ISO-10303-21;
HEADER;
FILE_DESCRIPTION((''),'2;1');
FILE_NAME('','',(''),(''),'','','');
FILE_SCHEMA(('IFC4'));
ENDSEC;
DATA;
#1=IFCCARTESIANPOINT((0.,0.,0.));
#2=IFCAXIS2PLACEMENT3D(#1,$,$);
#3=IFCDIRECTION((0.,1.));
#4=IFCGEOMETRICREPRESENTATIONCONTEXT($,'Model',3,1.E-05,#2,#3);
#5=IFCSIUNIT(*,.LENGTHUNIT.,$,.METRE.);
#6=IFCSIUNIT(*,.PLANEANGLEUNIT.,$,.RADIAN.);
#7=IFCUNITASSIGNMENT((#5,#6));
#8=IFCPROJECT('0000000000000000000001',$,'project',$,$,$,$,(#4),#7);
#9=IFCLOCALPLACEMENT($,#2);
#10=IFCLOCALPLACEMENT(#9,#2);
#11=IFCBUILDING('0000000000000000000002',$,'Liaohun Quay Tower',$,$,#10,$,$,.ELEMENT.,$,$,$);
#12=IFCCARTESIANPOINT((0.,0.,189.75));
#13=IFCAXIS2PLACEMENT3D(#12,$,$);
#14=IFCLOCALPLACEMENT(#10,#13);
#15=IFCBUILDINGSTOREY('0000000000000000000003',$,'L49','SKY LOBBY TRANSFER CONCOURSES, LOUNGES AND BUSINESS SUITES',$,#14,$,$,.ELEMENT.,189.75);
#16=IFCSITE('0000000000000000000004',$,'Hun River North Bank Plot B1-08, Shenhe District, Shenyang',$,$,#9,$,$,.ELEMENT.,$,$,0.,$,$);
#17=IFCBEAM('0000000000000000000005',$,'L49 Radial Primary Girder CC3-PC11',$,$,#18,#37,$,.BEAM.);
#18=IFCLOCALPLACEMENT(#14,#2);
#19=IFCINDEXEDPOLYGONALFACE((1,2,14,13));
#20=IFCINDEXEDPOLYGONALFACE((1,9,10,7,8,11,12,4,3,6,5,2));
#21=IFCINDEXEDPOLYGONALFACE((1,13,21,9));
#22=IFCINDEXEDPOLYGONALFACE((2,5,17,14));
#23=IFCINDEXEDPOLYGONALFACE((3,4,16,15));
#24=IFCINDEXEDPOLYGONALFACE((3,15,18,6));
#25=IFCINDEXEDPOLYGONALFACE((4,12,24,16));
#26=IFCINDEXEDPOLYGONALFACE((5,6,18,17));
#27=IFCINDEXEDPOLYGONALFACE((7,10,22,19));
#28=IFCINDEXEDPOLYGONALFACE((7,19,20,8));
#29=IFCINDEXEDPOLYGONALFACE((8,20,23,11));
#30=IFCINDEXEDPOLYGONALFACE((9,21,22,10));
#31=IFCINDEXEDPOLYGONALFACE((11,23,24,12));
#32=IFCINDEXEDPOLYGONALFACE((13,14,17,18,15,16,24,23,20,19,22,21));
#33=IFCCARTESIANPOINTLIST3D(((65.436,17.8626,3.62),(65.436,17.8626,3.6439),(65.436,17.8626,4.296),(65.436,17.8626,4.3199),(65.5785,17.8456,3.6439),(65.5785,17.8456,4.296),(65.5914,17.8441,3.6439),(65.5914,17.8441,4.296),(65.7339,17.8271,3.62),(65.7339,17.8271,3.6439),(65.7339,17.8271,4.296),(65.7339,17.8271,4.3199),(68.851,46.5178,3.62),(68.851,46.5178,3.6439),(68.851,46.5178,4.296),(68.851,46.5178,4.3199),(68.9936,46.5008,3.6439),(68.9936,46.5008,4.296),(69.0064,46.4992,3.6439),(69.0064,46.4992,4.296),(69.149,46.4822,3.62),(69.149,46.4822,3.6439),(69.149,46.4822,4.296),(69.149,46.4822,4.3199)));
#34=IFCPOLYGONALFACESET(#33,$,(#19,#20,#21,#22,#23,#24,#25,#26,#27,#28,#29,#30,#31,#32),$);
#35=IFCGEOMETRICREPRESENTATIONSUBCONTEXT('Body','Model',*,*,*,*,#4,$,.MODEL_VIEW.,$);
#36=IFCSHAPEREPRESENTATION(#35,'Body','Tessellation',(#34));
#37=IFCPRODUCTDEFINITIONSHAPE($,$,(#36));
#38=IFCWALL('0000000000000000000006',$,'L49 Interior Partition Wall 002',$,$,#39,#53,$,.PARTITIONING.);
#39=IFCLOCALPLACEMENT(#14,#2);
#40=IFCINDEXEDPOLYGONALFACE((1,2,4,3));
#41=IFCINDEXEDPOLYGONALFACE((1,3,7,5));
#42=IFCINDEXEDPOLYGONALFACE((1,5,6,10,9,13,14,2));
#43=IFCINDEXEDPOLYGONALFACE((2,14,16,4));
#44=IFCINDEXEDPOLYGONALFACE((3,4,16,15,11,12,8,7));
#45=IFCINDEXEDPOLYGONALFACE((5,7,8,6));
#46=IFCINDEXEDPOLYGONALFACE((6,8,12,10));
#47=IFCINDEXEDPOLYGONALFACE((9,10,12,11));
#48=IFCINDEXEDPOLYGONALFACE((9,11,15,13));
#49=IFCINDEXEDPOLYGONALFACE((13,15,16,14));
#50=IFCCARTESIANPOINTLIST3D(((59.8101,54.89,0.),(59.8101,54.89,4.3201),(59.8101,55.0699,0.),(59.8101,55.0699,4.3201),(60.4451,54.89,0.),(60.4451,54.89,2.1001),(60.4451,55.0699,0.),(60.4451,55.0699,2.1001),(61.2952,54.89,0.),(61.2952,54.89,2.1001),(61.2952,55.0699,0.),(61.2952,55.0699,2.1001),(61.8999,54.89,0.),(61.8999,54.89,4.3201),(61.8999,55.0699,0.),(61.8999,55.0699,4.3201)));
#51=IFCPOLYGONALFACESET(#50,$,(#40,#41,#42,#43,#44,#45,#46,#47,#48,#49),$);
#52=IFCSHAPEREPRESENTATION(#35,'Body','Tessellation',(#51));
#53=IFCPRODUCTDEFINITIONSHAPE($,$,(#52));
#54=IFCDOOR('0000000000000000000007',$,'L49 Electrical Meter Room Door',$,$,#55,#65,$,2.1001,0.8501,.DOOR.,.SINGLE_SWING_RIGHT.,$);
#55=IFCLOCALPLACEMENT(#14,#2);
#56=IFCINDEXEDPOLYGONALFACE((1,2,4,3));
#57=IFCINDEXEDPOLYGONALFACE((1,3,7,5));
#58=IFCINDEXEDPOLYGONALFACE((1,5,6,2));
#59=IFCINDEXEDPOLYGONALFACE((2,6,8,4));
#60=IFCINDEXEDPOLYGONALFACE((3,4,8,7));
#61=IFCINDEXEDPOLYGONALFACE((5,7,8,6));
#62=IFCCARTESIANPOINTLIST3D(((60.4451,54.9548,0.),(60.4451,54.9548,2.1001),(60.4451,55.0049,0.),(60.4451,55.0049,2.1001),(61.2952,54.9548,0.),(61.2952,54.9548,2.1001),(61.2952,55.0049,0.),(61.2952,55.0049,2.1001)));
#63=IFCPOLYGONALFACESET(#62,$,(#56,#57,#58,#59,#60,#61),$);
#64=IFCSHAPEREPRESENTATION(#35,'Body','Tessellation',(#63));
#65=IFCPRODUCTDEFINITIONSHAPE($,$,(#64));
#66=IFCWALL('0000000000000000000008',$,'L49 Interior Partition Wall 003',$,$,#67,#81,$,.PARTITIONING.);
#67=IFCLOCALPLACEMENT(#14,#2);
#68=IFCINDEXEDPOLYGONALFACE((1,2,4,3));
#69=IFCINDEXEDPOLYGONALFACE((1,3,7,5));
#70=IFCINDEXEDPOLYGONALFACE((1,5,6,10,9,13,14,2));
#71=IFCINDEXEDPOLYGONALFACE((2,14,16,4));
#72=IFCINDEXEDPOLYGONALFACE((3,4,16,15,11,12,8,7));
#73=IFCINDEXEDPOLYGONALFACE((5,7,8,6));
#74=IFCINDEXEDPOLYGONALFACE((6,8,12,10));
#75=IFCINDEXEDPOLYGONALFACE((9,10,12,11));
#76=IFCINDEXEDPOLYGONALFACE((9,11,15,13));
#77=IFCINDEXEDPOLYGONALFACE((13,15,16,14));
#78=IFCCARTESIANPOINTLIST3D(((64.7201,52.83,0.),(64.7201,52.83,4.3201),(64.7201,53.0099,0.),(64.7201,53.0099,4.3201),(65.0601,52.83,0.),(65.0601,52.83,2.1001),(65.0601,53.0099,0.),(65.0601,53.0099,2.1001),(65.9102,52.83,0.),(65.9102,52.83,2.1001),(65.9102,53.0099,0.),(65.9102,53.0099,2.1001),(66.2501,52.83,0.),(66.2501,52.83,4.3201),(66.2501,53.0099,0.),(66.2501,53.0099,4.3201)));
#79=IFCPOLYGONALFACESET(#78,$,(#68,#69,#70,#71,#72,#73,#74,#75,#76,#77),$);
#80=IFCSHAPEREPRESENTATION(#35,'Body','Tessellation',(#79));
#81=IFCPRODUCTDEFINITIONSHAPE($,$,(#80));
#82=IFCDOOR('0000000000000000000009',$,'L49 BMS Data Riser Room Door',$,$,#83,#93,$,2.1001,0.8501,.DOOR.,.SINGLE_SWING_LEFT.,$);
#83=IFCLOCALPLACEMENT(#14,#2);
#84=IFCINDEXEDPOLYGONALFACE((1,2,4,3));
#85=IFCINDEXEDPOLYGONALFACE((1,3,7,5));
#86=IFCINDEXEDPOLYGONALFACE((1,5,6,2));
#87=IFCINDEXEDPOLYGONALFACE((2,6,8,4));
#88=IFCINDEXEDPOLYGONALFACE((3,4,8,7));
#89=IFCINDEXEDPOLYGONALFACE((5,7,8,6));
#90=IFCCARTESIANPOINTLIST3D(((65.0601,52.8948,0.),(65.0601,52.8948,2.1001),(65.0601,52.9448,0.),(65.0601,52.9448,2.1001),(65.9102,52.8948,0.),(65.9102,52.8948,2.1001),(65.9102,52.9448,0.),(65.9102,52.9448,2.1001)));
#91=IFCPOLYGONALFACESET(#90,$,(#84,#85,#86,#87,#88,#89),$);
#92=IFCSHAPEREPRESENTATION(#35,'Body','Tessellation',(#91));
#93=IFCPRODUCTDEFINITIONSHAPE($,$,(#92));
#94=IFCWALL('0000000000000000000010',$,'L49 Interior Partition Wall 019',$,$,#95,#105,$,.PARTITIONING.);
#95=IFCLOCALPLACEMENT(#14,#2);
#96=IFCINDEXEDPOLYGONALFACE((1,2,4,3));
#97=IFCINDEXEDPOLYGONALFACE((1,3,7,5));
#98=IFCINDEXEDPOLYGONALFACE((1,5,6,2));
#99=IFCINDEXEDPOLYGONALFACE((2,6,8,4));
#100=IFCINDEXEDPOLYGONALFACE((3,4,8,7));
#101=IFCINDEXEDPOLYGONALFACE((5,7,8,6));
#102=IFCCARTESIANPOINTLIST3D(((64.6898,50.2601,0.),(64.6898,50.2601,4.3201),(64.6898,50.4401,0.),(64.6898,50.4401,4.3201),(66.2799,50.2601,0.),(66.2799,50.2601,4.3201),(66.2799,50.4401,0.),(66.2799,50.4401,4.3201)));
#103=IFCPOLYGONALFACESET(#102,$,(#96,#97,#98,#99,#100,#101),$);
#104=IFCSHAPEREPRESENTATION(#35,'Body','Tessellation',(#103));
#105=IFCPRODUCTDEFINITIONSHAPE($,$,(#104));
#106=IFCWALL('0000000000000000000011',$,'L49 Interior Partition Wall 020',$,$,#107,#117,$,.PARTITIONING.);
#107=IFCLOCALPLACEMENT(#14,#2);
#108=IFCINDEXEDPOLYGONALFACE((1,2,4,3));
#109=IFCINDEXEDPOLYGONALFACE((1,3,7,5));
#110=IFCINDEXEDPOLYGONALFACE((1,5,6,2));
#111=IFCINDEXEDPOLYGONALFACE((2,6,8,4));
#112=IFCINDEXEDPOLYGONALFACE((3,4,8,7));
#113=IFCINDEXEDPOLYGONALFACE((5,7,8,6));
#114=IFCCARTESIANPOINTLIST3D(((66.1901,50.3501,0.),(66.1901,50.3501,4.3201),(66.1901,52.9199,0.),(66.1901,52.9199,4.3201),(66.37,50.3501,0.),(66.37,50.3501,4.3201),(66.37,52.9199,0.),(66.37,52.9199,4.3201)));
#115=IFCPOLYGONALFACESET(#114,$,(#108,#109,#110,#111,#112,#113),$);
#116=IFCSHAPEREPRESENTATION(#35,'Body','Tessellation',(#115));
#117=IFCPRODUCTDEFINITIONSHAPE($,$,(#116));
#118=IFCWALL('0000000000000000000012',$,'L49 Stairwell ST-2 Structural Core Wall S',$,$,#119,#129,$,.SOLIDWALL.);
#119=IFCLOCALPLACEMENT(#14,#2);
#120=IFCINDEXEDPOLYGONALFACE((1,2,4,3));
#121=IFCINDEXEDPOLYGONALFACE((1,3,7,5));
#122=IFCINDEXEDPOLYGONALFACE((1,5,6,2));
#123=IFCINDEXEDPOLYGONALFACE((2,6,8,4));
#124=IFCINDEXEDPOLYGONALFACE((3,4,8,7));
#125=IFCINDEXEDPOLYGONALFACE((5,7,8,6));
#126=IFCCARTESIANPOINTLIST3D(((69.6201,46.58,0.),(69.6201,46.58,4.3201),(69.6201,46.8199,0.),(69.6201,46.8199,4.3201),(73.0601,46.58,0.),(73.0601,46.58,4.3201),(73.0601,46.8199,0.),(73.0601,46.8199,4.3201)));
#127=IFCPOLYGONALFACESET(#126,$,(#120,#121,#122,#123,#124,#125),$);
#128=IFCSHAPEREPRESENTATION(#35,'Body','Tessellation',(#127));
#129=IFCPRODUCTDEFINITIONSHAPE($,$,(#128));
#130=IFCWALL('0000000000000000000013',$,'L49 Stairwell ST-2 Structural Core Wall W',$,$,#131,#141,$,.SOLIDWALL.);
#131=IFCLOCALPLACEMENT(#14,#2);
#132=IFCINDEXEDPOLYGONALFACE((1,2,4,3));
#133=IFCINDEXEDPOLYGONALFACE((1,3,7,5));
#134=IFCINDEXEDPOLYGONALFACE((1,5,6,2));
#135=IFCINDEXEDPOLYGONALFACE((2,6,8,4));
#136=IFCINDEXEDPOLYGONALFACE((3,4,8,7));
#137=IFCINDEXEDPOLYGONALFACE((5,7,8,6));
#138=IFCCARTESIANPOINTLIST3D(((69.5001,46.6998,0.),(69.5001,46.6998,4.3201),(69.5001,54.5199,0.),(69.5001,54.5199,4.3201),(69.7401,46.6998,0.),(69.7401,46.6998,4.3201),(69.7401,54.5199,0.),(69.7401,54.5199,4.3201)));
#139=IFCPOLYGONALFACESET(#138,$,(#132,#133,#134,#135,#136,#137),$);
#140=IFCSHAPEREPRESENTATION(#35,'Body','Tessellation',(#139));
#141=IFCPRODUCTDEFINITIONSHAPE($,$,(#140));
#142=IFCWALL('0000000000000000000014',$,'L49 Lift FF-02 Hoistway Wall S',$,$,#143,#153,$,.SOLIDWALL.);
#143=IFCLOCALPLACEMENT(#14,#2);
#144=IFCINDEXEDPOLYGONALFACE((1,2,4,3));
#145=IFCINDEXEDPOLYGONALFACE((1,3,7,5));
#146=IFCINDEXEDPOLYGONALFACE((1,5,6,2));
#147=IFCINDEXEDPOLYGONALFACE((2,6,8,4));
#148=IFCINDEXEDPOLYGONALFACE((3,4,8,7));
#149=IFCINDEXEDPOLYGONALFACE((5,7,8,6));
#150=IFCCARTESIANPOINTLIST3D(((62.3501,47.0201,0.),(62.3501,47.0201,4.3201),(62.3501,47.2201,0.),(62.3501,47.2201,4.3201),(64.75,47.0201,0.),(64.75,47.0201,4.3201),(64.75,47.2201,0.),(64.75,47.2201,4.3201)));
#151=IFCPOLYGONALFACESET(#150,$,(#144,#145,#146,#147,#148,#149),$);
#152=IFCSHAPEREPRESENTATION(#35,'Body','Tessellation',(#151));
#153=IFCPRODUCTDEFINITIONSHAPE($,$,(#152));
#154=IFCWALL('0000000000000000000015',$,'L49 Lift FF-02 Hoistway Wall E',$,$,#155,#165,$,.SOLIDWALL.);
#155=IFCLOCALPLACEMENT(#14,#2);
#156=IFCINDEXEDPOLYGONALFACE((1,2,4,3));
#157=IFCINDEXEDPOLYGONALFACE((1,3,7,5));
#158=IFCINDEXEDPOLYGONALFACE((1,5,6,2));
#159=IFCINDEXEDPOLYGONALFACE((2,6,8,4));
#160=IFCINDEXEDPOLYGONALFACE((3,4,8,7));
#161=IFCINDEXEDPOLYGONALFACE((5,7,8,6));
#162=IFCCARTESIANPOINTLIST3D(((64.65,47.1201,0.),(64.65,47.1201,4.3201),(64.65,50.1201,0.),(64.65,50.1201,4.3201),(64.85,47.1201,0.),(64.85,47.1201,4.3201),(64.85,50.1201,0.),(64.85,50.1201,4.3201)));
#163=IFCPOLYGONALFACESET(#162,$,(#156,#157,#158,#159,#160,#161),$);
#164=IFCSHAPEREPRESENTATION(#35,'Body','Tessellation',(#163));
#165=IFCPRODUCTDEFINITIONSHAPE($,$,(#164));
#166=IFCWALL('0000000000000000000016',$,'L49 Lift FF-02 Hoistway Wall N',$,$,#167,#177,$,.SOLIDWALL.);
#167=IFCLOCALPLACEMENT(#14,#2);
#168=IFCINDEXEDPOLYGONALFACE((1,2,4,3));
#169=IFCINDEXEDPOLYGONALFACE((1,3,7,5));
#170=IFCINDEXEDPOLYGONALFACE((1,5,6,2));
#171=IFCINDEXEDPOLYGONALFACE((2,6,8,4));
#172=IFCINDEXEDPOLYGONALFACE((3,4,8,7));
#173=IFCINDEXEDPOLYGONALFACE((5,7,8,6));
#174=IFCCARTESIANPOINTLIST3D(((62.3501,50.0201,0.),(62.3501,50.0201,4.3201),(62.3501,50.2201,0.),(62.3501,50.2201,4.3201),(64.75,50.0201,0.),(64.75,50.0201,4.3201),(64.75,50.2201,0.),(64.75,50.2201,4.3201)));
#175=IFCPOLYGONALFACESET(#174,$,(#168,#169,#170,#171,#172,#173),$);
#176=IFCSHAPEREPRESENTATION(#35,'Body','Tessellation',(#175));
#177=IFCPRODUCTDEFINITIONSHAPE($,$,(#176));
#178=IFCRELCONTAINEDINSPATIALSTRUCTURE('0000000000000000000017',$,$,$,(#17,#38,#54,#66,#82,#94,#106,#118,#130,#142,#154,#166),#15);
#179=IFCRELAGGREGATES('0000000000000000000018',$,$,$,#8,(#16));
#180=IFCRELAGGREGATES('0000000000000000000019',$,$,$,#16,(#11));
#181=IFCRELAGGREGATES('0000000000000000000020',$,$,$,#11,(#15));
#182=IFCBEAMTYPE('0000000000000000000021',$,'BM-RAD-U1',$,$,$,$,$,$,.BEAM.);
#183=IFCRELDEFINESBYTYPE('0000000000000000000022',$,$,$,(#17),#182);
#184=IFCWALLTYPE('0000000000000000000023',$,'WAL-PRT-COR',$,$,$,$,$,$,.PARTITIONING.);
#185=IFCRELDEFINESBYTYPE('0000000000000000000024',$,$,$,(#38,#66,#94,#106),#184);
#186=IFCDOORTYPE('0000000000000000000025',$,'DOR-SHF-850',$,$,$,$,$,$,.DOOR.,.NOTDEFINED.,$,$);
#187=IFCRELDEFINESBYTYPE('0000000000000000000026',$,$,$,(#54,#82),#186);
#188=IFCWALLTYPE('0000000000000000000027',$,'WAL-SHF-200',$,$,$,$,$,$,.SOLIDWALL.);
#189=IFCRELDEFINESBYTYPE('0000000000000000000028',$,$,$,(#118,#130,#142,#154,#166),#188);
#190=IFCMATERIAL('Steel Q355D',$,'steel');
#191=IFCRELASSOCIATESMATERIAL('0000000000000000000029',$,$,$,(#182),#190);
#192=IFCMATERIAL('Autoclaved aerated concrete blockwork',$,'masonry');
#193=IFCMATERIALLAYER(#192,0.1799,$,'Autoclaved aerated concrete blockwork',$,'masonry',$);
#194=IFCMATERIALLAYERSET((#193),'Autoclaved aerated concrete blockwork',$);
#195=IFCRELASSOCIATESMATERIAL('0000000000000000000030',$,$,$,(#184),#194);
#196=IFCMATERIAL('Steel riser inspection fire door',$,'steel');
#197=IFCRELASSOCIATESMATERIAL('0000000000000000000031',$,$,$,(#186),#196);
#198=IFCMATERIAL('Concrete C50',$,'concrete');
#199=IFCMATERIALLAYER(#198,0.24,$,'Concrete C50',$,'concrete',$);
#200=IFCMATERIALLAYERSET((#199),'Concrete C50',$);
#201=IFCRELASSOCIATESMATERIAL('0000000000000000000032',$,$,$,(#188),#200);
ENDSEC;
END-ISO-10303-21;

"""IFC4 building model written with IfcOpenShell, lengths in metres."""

from ifc_helpers import new_model, si_unit, direction, frame, frame_2d, origin, origin_2d, place, context, subcontext, project, spatial, rectangle, i_section, extrude, source, transform, mapped, material, layer, layer_set, material_profile, profile_set, type_object, element, fill, save


model = new_model("IFC4")

# Units and contexts
model_context = context("Model", 3, precision=1e-05, world=origin(), true_north=direction((0.0, 1.0)))
body_context = subcontext(model_context, "Body", "Model", "MODEL_VIEW")
ifc_project = project(units=[si_unit("LENGTHUNIT", "METRE"), si_unit("PLANEANGLEUNIT", "RADIAN")], contexts=[model_context])

# Site, building, storey
site_placement = place(None, origin())
site = spatial("IfcSite", under=ifc_project, at=site_placement, Name="Hun River North Bank Plot B1-08, Shenhe District, Shenyang", CompositionType="ELEMENT", RefElevation=0.0)
building_placement = place(site_placement, origin())
building = spatial("IfcBuilding", under=site, at=building_placement, Name="Liaohun Quay Tower", CompositionType="ELEMENT")
storey_placement = place(building_placement, frame((0.0, 0.0, 189.75)))
storey = spatial("IfcBuildingStorey", under=building, at=storey_placement, Name="L49", Description="SKY LOBBY TRANSFER CONCOURSES, LOUNGES AND BUSINESS SUITES", CompositionType="ELEMENT", Elevation=189.75)

# Beam
ifc_material_1 = material(Name="Steel Q355D", Category="steel")
ifc_material_profile = material_profile(ifc_material_1, i_section(OverallWidth=0.3, OverallDepth=0.7, WebThickness=0.0129, FlangeThickness=0.0239, at=origin_2d()), Name="HN700x300x13x24")
ifc_profile_set = profile_set([ifc_material_profile], Name="Steel Q355D")
beam_type = type_object("IfcBeamType", Name="BM-RAD-U1", PredefinedType="BEAM", material=ifc_profile_set)
shared_shape_1 = source(origin(), body_context, "Body", "SweptSolid", [
    extrude(i_section(OverallWidth=0.3, OverallDepth=0.7, WebThickness=0.0129, FlangeThickness=0.0239, at=origin_2d()), origin(), (0.0, 0.0, 1.0), 28.8579),
])
beam_placement = place(storey_placement, frame((69.0, 46.5, 3.97), z_axis=(-0.11834, -0.992973, 0.0), x_axis=(0.992973, -0.11834, 0.0)))
element("IfcBeam", 1, at=beam_placement, inside=storey, type_object=beam_type, Name="L49 Radial Primary Girder CC3-PC11", PredefinedType="BEAM", context=body_context, shape_type="MappedRepresentation", body=[
    mapped(shared_shape_1, transform((0.0, 0.0, 0.0), x_axis=(1.0, 0.0, 0.0), y_axis=(0.0, 1.0, 0.0), z_axis=(0.0, 0.0, 1.0), scale=1.0)),
])

# Walls, openings, doors
ifc_material_2 = material(Name="Autoclaved aerated concrete blockwork", Category="masonry")
ifc_layer_1 = layer(ifc_material_2, 0.1799, Name="Autoclaved aerated concrete blockwork", Category="masonry")
ifc_layer_set_1 = layer_set([ifc_layer_1], Name="Autoclaved aerated concrete blockwork")
wall_type_1 = type_object("IfcWallType", Name="WAL-PRT-COR", PredefinedType="PARTITIONING", material=ifc_layer_set_1)
wall_1_placement = place(storey_placement, frame((59.8101, 54.98, 0.0), z_axis=(0.0, 0.0, 1.0), x_axis=(1.0, 0.0, 0.0)))
wall_1 = element("IfcWall", 2, at=wall_1_placement, inside=storey, type_object=wall_type_1, Name="L49 Interior Partition Wall 002", PredefinedType="PARTITIONING", context=body_context, shape_type="SweptSolid", body=[
    extrude(rectangle(XDim=2.0898, YDim=0.1799, at=frame_2d((1.0449, 0.0))), origin(), (0.0, 0.0, 1.0), 4.3201),
])
shared_shape_2 = source(origin(), body_context, "Body", "SweptSolid", [
    extrude(rectangle(XDim=0.8501, YDim=2.1001, at=frame_2d((0.425, 1.05))), frame((0.0, 0.0999, 0.0), z_axis=(0.0, -1.0, 0.0), x_axis=(1.0, 0.0, 0.0)), (0.0, 0.0, 1.0), 0.2),
])
opening_1_placement = place(wall_1_placement, frame((0.635, 0.0, 0.0)))
opening_1 = element("IfcOpeningElement", 3, at=opening_1_placement, cuts=wall_1, PredefinedType="OPENING", context=body_context, shape_type="MappedRepresentation", body=[
    mapped(shared_shape_2, transform((0.0, 0.0, 0.0), x_axis=(1.0, 0.0, 0.0), y_axis=(0.0, 1.0, 0.0), z_axis=(0.0, 0.0, 1.0), scale=1.0)),
])
ifc_material_3 = material(Name="Steel riser inspection fire door", Category="steel")
door_type_1 = type_object("IfcDoorType", Name="DOR-SHF-850", OperationType="NOTDEFINED", PredefinedType="DOOR", material=ifc_material_3)
shared_shape_3 = source(origin(), body_context, "Body", "SweptSolid", [
    extrude(rectangle(XDim=0.8501, YDim=2.1001, at=frame_2d((0.425, 1.05))), frame((0.0, 0.0249, 0.0), z_axis=(0.0, -1.0, 0.0), x_axis=(1.0, 0.0, 0.0)), (0.0, 0.0, 1.0), 0.05),
])
door_1_placement = place(opening_1_placement, origin())
door_1 = element("IfcDoor", 4, at=door_1_placement, inside=storey, type_object=door_type_1, Name="L49 Electrical Meter Room Door", OperationType="SINGLE_SWING_RIGHT", OverallHeight=2.1001, OverallWidth=0.8501, PredefinedType="DOOR", context=body_context, shape_type="MappedRepresentation", body=[
    mapped(shared_shape_3, transform((0.0, 0.0, 0.0), x_axis=(1.0, 0.0, 0.0), y_axis=(0.0, 1.0, 0.0), z_axis=(0.0, 0.0, 1.0), scale=1.0)),
])
fill(opening_1, door_1)
wall_2_placement = place(storey_placement, frame((64.72, 52.9199, 0.0), z_axis=(0.0, 0.0, 1.0), x_axis=(1.0, 0.0, 0.0)))
wall_2 = element("IfcWall", 5, at=wall_2_placement, inside=storey, type_object=wall_type_1, Name="L49 Interior Partition Wall 003", PredefinedType="PARTITIONING", context=body_context, shape_type="SweptSolid", body=[
    extrude(rectangle(XDim=1.53, YDim=0.1799, at=frame_2d((0.7651, 0.0))), origin(), (0.0, 0.0, 1.0), 4.3201),
])
opening_2_placement = place(wall_2_placement, frame((0.3401, 0.0, 0.0)))
opening_2 = element("IfcOpeningElement", 6, at=opening_2_placement, cuts=wall_2, PredefinedType="OPENING", context=body_context, shape_type="MappedRepresentation", body=[
    mapped(shared_shape_2, transform((0.0, 0.0, 0.0), x_axis=(1.0, 0.0, 0.0), y_axis=(0.0, 1.0, 0.0), z_axis=(0.0, 0.0, 1.0), scale=1.0)),
])
door_2_placement = place(opening_2_placement, origin())
door_2 = element("IfcDoor", 7, at=door_2_placement, inside=storey, type_object=door_type_1, Name="L49 BMS Data Riser Room Door", OperationType="SINGLE_SWING_LEFT", OverallHeight=2.1001, OverallWidth=0.8501, PredefinedType="DOOR", context=body_context, shape_type="MappedRepresentation", body=[
    mapped(shared_shape_3, transform((0.0, 0.0, 0.0), x_axis=(1.0, 0.0, 0.0), y_axis=(0.0, 1.0, 0.0), z_axis=(0.0, 0.0, 1.0), scale=1.0)),
])
fill(opening_2, door_2)

# Walls
wall_3_placement = place(storey_placement, frame((64.6899, 50.3501, 0.0), z_axis=(0.0, 0.0, 1.0), x_axis=(1.0, 0.0, 0.0)))
element("IfcWall", 8, at=wall_3_placement, inside=storey, type_object=wall_type_1, Name="L49 Interior Partition Wall 019", PredefinedType="PARTITIONING", context=body_context, shape_type="SweptSolid", body=[
    extrude(rectangle(XDim=1.5901, YDim=0.1799, at=frame_2d((0.7949, 0.0))), origin(), (0.0, 0.0, 1.0), 4.3201),
])
wall_4_placement = place(storey_placement, frame((66.28, 50.3501, 0.0), z_axis=(0.0, 0.0, 1.0), x_axis=(0.0, 1.0, 0.0)))
element("IfcWall", 9, at=wall_4_placement, inside=storey, type_object=wall_type_1, Name="L49 Interior Partition Wall 020", PredefinedType="PARTITIONING", context=body_context, shape_type="SweptSolid", body=[
    extrude(rectangle(XDim=2.5698, YDim=0.1799, at=frame_2d((1.2849, 0.0))), origin(), (0.0, 0.0, 1.0), 4.3201),
])
ifc_material_4 = material(Name="Concrete C50", Category="concrete")
ifc_layer_2 = layer(ifc_material_4, 0.24, Name="Concrete C50", Category="concrete")
ifc_layer_set_2 = layer_set([ifc_layer_2], Name="Concrete C50")
wall_type_2 = type_object("IfcWallType", Name="WAL-SHF-200", PredefinedType="SOLIDWALL", material=ifc_layer_set_2)
wall_5_placement = place(storey_placement, frame((69.6201, 46.7, 0.0), z_axis=(0.0, 0.0, 1.0), x_axis=(1.0, 0.0, 0.0)))
element("IfcWall", 10, at=wall_5_placement, inside=storey, type_object=wall_type_2, Name="L49 Stairwell ST-2 Structural Core Wall S", PredefinedType="SOLIDWALL", context=body_context, shape_type="SweptSolid", body=[
    extrude(rectangle(XDim=3.4399, YDim=0.24, at=frame_2d((1.72, 0.0))), origin(), (0.0, 0.0, 1.0), 4.3201),
])
wall_6_placement = place(storey_placement, frame((69.6201, 54.52, 0.0), z_axis=(0.0, 0.0, 1.0), x_axis=(0.0, -1.0, 0.0)))
element("IfcWall", 11, at=wall_6_placement, inside=storey, type_object=wall_type_2, Name="L49 Stairwell ST-2 Structural Core Wall W", PredefinedType="SOLIDWALL", context=body_context, shape_type="SweptSolid", body=[
    extrude(rectangle(XDim=7.8201, YDim=0.24, at=frame_2d((3.9102, 0.0))), origin(), (0.0, 0.0, 1.0), 4.3201),
])
wall_7_placement = place(storey_placement, frame((62.3501, 47.1201, 0.0), z_axis=(0.0, 0.0, 1.0), x_axis=(1.0, 0.0, 0.0)))
element("IfcWall", 12, at=wall_7_placement, inside=storey, type_object=wall_type_2, Name="L49 Lift FF-02 Hoistway Wall S", PredefinedType="SOLIDWALL", context=body_context, shape_type="SweptSolid", body=[
    extrude(rectangle(XDim=2.3999, YDim=0.2, at=frame_2d((1.2, 0.0))), origin(), (0.0, 0.0, 1.0), 4.3201),
])
wall_8_placement = place(storey_placement, frame((64.75, 47.1201, 0.0), z_axis=(0.0, 0.0, 1.0), x_axis=(0.0, 1.0, 0.0)))
element("IfcWall", 13, at=wall_8_placement, inside=storey, type_object=wall_type_2, Name="L49 Lift FF-02 Hoistway Wall E", PredefinedType="SOLIDWALL", context=body_context, shape_type="SweptSolid", body=[
    extrude(rectangle(XDim=3.0, YDim=0.2, at=frame_2d((1.5, 0.0))), origin(), (0.0, 0.0, 1.0), 4.3201),
])
wall_9_placement = place(storey_placement, frame((64.75, 50.1201, 0.0), z_axis=(0.0, 0.0, 1.0), x_axis=(-1.0, 0.0, 0.0)))
element("IfcWall", 14, at=wall_9_placement, inside=storey, type_object=wall_type_2, Name="L49 Lift FF-02 Hoistway Wall N", PredefinedType="SOLIDWALL", context=body_context, shape_type="SweptSolid", body=[
    extrude(rectangle(XDim=2.3999, YDim=0.2, at=frame_2d((1.2, 0.0))), origin(), (0.0, 0.0, 1.0), 4.3201),
])

save(model, "model.ifc")
